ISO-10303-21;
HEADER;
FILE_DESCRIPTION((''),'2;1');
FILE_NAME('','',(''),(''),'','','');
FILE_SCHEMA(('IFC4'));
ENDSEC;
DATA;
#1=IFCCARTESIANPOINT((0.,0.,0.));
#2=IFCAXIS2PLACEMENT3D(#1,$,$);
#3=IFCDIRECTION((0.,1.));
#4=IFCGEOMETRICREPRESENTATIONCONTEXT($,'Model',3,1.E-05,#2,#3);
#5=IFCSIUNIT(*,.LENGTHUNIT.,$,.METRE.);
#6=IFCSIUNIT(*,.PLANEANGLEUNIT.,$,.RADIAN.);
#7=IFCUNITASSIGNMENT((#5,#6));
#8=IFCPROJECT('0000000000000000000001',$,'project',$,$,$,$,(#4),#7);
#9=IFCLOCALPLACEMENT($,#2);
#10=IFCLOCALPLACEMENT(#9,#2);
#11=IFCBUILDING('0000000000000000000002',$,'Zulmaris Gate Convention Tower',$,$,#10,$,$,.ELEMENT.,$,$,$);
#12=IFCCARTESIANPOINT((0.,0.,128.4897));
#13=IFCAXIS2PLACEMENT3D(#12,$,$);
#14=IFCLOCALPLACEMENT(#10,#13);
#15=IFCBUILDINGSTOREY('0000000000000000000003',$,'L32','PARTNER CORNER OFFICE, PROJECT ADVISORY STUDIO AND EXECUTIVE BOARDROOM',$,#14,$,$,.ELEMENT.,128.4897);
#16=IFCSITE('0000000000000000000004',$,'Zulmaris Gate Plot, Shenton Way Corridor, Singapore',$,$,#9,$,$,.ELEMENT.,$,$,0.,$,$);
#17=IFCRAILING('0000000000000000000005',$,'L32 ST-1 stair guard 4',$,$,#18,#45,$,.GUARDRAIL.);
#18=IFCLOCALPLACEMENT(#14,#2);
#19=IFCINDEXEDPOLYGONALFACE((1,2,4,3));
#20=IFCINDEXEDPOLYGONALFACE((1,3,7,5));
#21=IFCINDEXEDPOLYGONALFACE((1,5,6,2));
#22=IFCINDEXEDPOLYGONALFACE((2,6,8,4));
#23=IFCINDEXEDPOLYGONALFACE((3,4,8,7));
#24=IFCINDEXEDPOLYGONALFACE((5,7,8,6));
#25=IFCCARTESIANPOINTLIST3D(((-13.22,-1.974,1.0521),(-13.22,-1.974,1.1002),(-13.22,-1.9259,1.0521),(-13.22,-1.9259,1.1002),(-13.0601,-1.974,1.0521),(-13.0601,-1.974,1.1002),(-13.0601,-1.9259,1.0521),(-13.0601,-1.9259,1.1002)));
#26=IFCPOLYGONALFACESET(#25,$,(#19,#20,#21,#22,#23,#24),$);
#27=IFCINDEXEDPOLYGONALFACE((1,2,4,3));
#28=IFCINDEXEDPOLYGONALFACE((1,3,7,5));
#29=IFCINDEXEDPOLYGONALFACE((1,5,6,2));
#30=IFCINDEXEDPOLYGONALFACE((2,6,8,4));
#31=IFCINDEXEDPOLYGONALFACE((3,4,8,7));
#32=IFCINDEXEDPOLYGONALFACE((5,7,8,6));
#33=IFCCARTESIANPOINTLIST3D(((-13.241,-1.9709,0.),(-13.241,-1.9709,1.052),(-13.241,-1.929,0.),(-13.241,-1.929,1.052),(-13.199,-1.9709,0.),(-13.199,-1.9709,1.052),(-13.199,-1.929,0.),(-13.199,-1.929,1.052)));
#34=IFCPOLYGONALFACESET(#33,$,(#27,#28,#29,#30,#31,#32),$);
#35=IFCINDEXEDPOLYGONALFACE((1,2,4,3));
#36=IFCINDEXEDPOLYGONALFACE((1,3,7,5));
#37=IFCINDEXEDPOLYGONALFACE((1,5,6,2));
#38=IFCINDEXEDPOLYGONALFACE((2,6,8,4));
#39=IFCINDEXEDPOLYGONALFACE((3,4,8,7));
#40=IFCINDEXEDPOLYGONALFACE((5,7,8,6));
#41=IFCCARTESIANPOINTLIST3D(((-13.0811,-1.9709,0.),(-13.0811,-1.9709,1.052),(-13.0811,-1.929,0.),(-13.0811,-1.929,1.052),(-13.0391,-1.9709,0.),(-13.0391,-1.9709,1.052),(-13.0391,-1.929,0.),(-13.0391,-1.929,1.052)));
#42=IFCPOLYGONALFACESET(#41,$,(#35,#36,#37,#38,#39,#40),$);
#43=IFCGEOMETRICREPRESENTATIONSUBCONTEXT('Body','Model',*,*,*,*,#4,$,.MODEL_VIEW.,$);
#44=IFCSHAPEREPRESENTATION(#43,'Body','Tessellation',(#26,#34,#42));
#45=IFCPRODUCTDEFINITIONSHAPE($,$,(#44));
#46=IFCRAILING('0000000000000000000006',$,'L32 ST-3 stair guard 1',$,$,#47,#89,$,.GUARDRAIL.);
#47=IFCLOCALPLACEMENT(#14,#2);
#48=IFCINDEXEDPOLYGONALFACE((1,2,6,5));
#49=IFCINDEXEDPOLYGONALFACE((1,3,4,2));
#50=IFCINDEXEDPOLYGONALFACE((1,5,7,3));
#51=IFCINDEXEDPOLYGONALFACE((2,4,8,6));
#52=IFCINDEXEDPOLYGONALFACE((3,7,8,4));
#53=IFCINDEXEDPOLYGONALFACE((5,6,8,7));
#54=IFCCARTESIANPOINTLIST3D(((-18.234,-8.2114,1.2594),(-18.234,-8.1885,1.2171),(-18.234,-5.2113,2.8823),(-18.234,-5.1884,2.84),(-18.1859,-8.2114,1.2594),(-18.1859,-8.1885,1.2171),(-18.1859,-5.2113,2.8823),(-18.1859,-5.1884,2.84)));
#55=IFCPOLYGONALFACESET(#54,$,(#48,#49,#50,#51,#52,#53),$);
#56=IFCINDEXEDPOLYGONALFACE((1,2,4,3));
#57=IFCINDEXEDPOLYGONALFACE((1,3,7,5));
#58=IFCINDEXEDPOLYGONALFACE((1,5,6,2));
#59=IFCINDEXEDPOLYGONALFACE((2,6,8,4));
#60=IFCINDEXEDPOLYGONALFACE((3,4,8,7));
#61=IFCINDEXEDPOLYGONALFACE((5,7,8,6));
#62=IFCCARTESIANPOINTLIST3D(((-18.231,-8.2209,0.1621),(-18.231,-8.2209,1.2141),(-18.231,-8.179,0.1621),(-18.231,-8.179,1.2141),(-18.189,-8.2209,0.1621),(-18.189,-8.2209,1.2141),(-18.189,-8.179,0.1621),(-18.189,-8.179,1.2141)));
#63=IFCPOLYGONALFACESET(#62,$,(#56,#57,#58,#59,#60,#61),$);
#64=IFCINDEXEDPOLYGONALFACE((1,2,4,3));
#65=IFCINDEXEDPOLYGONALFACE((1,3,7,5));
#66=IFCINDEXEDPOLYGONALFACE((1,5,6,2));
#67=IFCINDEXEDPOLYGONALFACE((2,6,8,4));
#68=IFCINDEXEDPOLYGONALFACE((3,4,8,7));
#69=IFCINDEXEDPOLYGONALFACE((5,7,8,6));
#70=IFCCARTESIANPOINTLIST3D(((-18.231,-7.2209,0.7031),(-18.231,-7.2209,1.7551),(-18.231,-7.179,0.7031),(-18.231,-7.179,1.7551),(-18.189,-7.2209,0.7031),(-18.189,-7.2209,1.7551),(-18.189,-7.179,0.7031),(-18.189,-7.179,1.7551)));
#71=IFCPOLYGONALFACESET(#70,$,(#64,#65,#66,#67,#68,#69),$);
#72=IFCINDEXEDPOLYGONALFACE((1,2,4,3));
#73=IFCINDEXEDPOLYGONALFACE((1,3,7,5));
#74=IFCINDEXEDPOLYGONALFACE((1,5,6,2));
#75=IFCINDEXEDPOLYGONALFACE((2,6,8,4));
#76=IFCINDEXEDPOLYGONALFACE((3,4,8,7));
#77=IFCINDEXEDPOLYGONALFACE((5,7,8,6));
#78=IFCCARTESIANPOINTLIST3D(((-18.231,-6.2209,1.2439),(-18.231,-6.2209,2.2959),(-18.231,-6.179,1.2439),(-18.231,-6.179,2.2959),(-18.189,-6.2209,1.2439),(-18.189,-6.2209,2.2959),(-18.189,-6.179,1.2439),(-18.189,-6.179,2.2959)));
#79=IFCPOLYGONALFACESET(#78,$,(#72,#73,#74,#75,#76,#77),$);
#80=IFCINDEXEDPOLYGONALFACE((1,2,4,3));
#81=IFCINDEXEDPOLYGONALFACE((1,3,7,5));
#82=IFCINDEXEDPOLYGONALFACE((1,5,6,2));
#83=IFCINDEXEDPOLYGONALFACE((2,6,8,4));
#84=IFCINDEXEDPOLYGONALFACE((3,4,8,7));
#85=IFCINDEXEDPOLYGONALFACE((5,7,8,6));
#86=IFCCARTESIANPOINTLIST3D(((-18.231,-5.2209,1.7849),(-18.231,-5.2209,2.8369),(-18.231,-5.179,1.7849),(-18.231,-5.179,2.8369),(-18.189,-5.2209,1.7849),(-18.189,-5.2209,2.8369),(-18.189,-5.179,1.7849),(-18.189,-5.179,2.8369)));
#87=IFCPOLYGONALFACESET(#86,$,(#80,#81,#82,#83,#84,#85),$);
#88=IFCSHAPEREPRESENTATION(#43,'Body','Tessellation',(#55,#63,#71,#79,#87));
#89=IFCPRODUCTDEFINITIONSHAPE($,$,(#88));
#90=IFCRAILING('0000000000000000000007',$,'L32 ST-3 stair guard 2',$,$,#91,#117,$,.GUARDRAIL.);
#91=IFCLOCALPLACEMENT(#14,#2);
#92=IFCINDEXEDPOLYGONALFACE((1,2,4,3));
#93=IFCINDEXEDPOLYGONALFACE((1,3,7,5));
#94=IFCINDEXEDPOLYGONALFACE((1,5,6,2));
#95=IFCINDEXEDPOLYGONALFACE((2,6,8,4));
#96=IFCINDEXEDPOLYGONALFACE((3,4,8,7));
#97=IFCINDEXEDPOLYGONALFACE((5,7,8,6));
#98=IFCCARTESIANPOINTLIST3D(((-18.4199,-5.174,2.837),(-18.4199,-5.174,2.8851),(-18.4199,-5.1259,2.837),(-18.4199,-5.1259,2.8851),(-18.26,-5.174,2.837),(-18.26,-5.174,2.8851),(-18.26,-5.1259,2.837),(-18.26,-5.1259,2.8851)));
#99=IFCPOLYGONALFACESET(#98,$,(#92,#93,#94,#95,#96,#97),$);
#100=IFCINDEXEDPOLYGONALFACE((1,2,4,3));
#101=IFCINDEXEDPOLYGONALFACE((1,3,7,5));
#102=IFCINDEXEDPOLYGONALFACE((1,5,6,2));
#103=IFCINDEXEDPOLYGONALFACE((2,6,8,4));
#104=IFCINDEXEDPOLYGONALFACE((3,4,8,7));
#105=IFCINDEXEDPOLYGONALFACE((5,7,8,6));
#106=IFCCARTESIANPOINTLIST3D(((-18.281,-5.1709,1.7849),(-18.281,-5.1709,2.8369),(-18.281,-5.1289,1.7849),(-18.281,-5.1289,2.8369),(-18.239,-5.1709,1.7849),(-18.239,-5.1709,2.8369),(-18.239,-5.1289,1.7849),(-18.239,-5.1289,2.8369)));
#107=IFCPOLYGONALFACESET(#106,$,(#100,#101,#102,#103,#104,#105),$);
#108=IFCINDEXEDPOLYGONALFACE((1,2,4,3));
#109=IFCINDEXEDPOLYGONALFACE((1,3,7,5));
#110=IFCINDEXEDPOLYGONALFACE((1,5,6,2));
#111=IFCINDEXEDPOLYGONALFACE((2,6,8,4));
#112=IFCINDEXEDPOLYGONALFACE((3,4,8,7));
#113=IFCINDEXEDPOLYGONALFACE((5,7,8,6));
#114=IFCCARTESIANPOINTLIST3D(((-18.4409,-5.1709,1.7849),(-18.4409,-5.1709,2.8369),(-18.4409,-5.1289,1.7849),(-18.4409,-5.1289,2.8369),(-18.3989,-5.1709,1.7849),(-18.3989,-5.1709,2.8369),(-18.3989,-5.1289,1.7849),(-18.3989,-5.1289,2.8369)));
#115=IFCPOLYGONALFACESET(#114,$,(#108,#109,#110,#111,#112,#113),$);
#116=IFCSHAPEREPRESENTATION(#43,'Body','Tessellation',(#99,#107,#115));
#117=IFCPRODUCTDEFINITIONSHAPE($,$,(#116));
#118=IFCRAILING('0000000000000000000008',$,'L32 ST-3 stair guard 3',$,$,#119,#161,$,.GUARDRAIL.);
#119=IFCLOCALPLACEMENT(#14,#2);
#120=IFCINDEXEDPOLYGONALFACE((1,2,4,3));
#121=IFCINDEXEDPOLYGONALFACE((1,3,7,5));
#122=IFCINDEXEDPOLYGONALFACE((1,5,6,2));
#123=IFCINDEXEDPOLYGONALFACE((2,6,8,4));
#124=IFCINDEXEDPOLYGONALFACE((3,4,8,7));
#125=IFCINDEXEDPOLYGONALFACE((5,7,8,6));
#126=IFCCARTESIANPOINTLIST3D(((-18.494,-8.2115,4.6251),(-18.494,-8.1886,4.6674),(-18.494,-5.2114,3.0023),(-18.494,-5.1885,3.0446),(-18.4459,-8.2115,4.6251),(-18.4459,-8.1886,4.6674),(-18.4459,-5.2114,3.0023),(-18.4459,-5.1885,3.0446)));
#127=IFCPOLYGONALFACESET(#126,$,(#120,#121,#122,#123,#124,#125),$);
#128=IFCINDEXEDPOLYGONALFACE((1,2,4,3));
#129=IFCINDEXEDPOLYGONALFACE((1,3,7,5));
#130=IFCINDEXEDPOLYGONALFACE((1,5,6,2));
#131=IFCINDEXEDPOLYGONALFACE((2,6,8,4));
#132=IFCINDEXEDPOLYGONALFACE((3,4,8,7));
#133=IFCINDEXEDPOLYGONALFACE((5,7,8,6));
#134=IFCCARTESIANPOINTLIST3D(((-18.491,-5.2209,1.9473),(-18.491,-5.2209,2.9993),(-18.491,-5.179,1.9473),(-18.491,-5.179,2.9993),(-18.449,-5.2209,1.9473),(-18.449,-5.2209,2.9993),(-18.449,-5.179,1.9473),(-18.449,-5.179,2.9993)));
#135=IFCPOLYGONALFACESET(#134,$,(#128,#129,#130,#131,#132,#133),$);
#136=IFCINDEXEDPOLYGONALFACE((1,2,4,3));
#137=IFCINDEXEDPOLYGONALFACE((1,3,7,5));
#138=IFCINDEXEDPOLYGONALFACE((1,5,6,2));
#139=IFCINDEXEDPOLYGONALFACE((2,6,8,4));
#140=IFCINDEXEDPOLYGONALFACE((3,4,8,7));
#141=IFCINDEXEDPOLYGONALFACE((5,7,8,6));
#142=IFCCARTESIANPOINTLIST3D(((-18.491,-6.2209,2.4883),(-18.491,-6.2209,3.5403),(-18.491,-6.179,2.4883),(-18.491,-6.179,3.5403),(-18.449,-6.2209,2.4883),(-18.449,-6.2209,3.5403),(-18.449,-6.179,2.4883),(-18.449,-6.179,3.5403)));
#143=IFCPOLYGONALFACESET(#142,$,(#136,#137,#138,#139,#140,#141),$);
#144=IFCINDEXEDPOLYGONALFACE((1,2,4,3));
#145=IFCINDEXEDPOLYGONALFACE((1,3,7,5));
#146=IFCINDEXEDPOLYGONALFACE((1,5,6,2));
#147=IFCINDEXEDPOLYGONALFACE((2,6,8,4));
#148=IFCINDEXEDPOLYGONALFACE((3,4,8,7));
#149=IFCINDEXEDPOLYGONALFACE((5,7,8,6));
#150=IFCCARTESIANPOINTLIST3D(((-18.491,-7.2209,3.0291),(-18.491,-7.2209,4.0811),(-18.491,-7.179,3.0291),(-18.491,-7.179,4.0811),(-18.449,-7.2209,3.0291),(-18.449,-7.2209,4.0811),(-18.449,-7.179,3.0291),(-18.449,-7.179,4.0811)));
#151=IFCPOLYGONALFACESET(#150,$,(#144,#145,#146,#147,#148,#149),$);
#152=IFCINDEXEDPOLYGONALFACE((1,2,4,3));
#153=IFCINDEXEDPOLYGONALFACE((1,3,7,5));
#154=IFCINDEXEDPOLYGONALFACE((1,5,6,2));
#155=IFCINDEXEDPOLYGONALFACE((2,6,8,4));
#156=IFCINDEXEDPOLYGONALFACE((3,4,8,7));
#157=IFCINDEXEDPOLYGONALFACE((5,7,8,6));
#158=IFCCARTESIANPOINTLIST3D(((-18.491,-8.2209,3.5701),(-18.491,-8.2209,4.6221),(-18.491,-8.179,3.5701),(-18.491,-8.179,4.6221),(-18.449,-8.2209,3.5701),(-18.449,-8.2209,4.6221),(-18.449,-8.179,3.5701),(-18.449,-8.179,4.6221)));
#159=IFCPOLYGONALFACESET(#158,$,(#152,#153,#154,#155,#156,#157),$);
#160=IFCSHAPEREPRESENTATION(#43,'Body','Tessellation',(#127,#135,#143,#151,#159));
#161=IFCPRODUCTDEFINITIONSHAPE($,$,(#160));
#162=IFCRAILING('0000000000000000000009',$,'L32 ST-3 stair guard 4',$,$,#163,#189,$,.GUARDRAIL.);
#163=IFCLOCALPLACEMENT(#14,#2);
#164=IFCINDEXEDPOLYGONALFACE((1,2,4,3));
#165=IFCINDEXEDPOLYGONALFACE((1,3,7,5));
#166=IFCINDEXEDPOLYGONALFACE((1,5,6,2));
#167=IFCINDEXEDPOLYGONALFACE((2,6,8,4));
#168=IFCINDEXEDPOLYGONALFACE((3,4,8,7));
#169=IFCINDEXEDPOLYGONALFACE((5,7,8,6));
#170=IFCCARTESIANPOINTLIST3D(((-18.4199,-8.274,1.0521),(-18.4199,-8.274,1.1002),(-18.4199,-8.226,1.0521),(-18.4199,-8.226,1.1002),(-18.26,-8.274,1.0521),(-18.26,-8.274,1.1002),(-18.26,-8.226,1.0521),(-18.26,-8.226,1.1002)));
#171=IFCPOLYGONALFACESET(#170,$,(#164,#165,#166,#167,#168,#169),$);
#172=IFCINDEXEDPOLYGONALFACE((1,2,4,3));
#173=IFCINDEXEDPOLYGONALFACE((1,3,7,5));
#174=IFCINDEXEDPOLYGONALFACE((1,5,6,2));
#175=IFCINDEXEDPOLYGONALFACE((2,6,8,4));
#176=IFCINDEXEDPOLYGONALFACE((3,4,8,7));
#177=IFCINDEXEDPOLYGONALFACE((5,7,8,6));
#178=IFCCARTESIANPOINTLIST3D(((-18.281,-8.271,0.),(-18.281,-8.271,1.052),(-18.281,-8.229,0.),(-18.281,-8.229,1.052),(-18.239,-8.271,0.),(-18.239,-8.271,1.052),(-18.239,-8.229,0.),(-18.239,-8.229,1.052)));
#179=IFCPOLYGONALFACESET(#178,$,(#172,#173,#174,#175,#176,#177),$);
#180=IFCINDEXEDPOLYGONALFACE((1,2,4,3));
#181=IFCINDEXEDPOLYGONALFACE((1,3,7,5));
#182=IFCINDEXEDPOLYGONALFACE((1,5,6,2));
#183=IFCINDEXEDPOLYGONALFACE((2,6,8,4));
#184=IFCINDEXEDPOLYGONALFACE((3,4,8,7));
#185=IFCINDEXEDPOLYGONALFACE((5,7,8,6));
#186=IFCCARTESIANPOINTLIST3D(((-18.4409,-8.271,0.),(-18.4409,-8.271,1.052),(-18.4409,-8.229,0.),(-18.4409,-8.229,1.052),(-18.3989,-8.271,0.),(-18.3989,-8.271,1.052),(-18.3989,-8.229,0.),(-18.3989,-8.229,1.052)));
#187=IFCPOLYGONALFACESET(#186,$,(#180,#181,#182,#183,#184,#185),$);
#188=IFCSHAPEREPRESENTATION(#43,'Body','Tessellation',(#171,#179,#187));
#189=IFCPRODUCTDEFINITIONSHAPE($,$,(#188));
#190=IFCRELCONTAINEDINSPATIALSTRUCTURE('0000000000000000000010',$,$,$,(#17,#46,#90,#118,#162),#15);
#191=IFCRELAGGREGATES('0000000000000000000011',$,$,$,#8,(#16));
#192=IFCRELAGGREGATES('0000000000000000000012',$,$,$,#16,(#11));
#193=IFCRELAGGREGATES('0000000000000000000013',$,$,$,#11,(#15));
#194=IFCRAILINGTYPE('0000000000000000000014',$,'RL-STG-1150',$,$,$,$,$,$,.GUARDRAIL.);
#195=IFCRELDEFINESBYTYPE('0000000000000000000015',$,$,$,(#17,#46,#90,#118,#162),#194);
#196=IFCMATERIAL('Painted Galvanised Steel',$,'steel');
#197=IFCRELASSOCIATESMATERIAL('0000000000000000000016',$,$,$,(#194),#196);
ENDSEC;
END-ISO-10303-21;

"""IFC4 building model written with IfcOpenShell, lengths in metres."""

from ifc_helpers import new_model, si_unit, direction, frame, origin, origin_2d, place, context, subcontext, project, spatial, rectangle, extrude, material, type_object, element, save


model = new_model("IFC4")

# Units and contexts
model_context = context("Model", 3, precision=1e-05, world=origin(), true_north=direction((0.0, 1.0)))
body_context = subcontext(model_context, "Body", "Model", "MODEL_VIEW")
ifc_project = project(units=[si_unit("LENGTHUNIT", "METRE"), si_unit("PLANEANGLEUNIT", "RADIAN")], contexts=[model_context])

# Site, building, storey
site_placement = place(None, origin())
site = spatial("IfcSite", under=ifc_project, at=site_placement, Name="Zulmaris Gate Plot, Shenton Way Corridor, Singapore", CompositionType="ELEMENT", RefElevation=0.0)
building_placement = place(site_placement, origin())
building = spatial("IfcBuilding", under=site, at=building_placement, Name="Zulmaris Gate Convention Tower", CompositionType="ELEMENT")
storey_placement = place(building_placement, frame((0.0, 0.0, 128.4897)))
storey = spatial("IfcBuildingStorey", under=building, at=storey_placement, Name="L32", Description="PARTNER CORNER OFFICE, PROJECT ADVISORY STUDIO AND EXECUTIVE BOARDROOM", CompositionType="ELEMENT", Elevation=128.4897)

# Railings
ifc_material_1 = material(Name="Painted Galvanised Steel", Category="steel")
railing_type_1 = type_object("IfcRailingType", Name="RL-STG-1150", PredefinedType="GUARDRAIL", material=ifc_material_1)
railing_1_placement = place(storey_placement, frame((-13.22, -1.95, 0.0)))
element("IfcRailing", 1, at=railing_1_placement, inside=storey, type_object=railing_type_1, Name="L32 ST-1 stair guard 4", PredefinedType="GUARDRAIL", context=body_context, shape_type="SweptSolid", body=[
    extrude(rectangle(XDim=0.0481, YDim=0.0481, at=origin_2d()), frame((0.0, 0.0, 1.0762), z_axis=(1.0, 0.0, 0.0), x_axis=(0.0, 1.0, 0.0)), (0.0, 0.0, 1.0), 0.1599),
    extrude(rectangle(XDim=0.042, YDim=0.042, at=origin_2d()), origin(), (0.0, 0.0, 1.0), 1.052),
    extrude(rectangle(XDim=0.042, YDim=0.042, at=origin_2d()), frame((0.1599, 0.0, 0.0)), (0.0, 0.0, 1.0), 1.052),
])
railing_2_placement = place(storey_placement, frame((-18.21, -8.2, 0.1621)))
element("IfcRailing", 2, at=railing_2_placement, inside=storey, type_object=railing_type_1, Name="L32 ST-3 stair guard 1", PredefinedType="GUARDRAIL", context=body_context, shape_type="SweptSolid", body=[
    extrude(rectangle(XDim=0.0481, YDim=0.0481, at=origin_2d()), frame((0.0, 0.0, 1.0762), z_axis=(0.0, 0.879562, 0.475785), x_axis=(-1.0, 0.0, 0.0)), (0.0, 0.0, 1.0), 3.4109),
    extrude(rectangle(XDim=0.042, YDim=0.042, at=origin_2d()), origin(), (0.0, 0.0, 1.0), 1.052),
    extrude(rectangle(XDim=0.042, YDim=0.042, at=origin_2d()), frame((0.0, 1.0, 0.541)), (0.0, 0.0, 1.0), 1.052),
    extrude(rectangle(XDim=0.042, YDim=0.042, at=origin_2d()), frame((0.0, 2.0, 1.0818)), (0.0, 0.0, 1.0), 1.052),
    extrude(rectangle(XDim=0.042, YDim=0.042, at=origin_2d()), frame((0.0, 3.0, 1.6228)), (0.0, 0.0, 1.0), 1.052),
])
railing_3_placement = place(storey_placement, frame((-18.26, -5.1499, 1.7849)))
element("IfcRailing", 3, at=railing_3_placement, inside=storey, type_object=railing_type_1, Name="L32 ST-3 stair guard 2", PredefinedType="GUARDRAIL", context=body_context, shape_type="SweptSolid", body=[
    extrude(rectangle(XDim=0.0481, YDim=0.0481, at=origin_2d()), frame((0.0, 0.0, 1.0762), z_axis=(-1.0, 0.0, 0.0), x_axis=(0.0, -1.0, 0.0)), (0.0, 0.0, 1.0), 0.1599),
    extrude(rectangle(XDim=0.042, YDim=0.042, at=origin_2d()), origin(), (0.0, 0.0, 1.0), 1.052),
    extrude(rectangle(XDim=0.042, YDim=0.042, at=origin_2d()), frame((-0.1599, 0.0, 0.0)), (0.0, 0.0, 1.0), 1.052),
])
railing_4_placement = place(storey_placement, frame((-18.47, -5.2, 1.9473)))
element("IfcRailing", 4, at=railing_4_placement, inside=storey, type_object=railing_type_1, Name="L32 ST-3 stair guard 3", PredefinedType="GUARDRAIL", context=body_context, shape_type="SweptSolid", body=[
    extrude(rectangle(XDim=0.0481, YDim=0.0481, at=origin_2d()), frame((0.0, 0.0, 1.0762), z_axis=(0.0, -0.879562, 0.475785), x_axis=(1.0, 0.0, 0.0)), (0.0, 0.0, 1.0), 3.4109),
    extrude(rectangle(XDim=0.042, YDim=0.042, at=origin_2d()), origin(), (0.0, 0.0, 1.0), 1.052),
    extrude(rectangle(XDim=0.042, YDim=0.042, at=origin_2d()), frame((0.0, -1.0, 0.541)), (0.0, 0.0, 1.0), 1.052),
    extrude(rectangle(XDim=0.042, YDim=0.042, at=origin_2d()), frame((0.0, -2.0, 1.0818)), (0.0, 0.0, 1.0), 1.052),
    extrude(rectangle(XDim=0.042, YDim=0.042, at=origin_2d()), frame((0.0, -3.0, 1.6228)), (0.0, 0.0, 1.0), 1.052),
])
railing_5_placement = place(storey_placement, frame((-18.26, -8.25, 0.0)))
element("IfcRailing", 5, at=railing_5_placement, inside=storey, type_object=railing_type_1, Name="L32 ST-3 stair guard 4", PredefinedType="GUARDRAIL", context=body_context, shape_type="SweptSolid", body=[
    extrude(rectangle(XDim=0.0481, YDim=0.0481, at=origin_2d()), frame((0.0, 0.0, 1.0762), z_axis=(-1.0, 0.0, 0.0), x_axis=(0.0, -1.0, 0.0)), (0.0, 0.0, 1.0), 0.1599),
    extrude(rectangle(XDim=0.042, YDim=0.042, at=origin_2d()), origin(), (0.0, 0.0, 1.0), 1.052),
    extrude(rectangle(XDim=0.042, YDim=0.042, at=origin_2d()), frame((-0.1599, 0.0, 0.0)), (0.0, 0.0, 1.0), 1.052),
])

save(model, "model.ifc")
